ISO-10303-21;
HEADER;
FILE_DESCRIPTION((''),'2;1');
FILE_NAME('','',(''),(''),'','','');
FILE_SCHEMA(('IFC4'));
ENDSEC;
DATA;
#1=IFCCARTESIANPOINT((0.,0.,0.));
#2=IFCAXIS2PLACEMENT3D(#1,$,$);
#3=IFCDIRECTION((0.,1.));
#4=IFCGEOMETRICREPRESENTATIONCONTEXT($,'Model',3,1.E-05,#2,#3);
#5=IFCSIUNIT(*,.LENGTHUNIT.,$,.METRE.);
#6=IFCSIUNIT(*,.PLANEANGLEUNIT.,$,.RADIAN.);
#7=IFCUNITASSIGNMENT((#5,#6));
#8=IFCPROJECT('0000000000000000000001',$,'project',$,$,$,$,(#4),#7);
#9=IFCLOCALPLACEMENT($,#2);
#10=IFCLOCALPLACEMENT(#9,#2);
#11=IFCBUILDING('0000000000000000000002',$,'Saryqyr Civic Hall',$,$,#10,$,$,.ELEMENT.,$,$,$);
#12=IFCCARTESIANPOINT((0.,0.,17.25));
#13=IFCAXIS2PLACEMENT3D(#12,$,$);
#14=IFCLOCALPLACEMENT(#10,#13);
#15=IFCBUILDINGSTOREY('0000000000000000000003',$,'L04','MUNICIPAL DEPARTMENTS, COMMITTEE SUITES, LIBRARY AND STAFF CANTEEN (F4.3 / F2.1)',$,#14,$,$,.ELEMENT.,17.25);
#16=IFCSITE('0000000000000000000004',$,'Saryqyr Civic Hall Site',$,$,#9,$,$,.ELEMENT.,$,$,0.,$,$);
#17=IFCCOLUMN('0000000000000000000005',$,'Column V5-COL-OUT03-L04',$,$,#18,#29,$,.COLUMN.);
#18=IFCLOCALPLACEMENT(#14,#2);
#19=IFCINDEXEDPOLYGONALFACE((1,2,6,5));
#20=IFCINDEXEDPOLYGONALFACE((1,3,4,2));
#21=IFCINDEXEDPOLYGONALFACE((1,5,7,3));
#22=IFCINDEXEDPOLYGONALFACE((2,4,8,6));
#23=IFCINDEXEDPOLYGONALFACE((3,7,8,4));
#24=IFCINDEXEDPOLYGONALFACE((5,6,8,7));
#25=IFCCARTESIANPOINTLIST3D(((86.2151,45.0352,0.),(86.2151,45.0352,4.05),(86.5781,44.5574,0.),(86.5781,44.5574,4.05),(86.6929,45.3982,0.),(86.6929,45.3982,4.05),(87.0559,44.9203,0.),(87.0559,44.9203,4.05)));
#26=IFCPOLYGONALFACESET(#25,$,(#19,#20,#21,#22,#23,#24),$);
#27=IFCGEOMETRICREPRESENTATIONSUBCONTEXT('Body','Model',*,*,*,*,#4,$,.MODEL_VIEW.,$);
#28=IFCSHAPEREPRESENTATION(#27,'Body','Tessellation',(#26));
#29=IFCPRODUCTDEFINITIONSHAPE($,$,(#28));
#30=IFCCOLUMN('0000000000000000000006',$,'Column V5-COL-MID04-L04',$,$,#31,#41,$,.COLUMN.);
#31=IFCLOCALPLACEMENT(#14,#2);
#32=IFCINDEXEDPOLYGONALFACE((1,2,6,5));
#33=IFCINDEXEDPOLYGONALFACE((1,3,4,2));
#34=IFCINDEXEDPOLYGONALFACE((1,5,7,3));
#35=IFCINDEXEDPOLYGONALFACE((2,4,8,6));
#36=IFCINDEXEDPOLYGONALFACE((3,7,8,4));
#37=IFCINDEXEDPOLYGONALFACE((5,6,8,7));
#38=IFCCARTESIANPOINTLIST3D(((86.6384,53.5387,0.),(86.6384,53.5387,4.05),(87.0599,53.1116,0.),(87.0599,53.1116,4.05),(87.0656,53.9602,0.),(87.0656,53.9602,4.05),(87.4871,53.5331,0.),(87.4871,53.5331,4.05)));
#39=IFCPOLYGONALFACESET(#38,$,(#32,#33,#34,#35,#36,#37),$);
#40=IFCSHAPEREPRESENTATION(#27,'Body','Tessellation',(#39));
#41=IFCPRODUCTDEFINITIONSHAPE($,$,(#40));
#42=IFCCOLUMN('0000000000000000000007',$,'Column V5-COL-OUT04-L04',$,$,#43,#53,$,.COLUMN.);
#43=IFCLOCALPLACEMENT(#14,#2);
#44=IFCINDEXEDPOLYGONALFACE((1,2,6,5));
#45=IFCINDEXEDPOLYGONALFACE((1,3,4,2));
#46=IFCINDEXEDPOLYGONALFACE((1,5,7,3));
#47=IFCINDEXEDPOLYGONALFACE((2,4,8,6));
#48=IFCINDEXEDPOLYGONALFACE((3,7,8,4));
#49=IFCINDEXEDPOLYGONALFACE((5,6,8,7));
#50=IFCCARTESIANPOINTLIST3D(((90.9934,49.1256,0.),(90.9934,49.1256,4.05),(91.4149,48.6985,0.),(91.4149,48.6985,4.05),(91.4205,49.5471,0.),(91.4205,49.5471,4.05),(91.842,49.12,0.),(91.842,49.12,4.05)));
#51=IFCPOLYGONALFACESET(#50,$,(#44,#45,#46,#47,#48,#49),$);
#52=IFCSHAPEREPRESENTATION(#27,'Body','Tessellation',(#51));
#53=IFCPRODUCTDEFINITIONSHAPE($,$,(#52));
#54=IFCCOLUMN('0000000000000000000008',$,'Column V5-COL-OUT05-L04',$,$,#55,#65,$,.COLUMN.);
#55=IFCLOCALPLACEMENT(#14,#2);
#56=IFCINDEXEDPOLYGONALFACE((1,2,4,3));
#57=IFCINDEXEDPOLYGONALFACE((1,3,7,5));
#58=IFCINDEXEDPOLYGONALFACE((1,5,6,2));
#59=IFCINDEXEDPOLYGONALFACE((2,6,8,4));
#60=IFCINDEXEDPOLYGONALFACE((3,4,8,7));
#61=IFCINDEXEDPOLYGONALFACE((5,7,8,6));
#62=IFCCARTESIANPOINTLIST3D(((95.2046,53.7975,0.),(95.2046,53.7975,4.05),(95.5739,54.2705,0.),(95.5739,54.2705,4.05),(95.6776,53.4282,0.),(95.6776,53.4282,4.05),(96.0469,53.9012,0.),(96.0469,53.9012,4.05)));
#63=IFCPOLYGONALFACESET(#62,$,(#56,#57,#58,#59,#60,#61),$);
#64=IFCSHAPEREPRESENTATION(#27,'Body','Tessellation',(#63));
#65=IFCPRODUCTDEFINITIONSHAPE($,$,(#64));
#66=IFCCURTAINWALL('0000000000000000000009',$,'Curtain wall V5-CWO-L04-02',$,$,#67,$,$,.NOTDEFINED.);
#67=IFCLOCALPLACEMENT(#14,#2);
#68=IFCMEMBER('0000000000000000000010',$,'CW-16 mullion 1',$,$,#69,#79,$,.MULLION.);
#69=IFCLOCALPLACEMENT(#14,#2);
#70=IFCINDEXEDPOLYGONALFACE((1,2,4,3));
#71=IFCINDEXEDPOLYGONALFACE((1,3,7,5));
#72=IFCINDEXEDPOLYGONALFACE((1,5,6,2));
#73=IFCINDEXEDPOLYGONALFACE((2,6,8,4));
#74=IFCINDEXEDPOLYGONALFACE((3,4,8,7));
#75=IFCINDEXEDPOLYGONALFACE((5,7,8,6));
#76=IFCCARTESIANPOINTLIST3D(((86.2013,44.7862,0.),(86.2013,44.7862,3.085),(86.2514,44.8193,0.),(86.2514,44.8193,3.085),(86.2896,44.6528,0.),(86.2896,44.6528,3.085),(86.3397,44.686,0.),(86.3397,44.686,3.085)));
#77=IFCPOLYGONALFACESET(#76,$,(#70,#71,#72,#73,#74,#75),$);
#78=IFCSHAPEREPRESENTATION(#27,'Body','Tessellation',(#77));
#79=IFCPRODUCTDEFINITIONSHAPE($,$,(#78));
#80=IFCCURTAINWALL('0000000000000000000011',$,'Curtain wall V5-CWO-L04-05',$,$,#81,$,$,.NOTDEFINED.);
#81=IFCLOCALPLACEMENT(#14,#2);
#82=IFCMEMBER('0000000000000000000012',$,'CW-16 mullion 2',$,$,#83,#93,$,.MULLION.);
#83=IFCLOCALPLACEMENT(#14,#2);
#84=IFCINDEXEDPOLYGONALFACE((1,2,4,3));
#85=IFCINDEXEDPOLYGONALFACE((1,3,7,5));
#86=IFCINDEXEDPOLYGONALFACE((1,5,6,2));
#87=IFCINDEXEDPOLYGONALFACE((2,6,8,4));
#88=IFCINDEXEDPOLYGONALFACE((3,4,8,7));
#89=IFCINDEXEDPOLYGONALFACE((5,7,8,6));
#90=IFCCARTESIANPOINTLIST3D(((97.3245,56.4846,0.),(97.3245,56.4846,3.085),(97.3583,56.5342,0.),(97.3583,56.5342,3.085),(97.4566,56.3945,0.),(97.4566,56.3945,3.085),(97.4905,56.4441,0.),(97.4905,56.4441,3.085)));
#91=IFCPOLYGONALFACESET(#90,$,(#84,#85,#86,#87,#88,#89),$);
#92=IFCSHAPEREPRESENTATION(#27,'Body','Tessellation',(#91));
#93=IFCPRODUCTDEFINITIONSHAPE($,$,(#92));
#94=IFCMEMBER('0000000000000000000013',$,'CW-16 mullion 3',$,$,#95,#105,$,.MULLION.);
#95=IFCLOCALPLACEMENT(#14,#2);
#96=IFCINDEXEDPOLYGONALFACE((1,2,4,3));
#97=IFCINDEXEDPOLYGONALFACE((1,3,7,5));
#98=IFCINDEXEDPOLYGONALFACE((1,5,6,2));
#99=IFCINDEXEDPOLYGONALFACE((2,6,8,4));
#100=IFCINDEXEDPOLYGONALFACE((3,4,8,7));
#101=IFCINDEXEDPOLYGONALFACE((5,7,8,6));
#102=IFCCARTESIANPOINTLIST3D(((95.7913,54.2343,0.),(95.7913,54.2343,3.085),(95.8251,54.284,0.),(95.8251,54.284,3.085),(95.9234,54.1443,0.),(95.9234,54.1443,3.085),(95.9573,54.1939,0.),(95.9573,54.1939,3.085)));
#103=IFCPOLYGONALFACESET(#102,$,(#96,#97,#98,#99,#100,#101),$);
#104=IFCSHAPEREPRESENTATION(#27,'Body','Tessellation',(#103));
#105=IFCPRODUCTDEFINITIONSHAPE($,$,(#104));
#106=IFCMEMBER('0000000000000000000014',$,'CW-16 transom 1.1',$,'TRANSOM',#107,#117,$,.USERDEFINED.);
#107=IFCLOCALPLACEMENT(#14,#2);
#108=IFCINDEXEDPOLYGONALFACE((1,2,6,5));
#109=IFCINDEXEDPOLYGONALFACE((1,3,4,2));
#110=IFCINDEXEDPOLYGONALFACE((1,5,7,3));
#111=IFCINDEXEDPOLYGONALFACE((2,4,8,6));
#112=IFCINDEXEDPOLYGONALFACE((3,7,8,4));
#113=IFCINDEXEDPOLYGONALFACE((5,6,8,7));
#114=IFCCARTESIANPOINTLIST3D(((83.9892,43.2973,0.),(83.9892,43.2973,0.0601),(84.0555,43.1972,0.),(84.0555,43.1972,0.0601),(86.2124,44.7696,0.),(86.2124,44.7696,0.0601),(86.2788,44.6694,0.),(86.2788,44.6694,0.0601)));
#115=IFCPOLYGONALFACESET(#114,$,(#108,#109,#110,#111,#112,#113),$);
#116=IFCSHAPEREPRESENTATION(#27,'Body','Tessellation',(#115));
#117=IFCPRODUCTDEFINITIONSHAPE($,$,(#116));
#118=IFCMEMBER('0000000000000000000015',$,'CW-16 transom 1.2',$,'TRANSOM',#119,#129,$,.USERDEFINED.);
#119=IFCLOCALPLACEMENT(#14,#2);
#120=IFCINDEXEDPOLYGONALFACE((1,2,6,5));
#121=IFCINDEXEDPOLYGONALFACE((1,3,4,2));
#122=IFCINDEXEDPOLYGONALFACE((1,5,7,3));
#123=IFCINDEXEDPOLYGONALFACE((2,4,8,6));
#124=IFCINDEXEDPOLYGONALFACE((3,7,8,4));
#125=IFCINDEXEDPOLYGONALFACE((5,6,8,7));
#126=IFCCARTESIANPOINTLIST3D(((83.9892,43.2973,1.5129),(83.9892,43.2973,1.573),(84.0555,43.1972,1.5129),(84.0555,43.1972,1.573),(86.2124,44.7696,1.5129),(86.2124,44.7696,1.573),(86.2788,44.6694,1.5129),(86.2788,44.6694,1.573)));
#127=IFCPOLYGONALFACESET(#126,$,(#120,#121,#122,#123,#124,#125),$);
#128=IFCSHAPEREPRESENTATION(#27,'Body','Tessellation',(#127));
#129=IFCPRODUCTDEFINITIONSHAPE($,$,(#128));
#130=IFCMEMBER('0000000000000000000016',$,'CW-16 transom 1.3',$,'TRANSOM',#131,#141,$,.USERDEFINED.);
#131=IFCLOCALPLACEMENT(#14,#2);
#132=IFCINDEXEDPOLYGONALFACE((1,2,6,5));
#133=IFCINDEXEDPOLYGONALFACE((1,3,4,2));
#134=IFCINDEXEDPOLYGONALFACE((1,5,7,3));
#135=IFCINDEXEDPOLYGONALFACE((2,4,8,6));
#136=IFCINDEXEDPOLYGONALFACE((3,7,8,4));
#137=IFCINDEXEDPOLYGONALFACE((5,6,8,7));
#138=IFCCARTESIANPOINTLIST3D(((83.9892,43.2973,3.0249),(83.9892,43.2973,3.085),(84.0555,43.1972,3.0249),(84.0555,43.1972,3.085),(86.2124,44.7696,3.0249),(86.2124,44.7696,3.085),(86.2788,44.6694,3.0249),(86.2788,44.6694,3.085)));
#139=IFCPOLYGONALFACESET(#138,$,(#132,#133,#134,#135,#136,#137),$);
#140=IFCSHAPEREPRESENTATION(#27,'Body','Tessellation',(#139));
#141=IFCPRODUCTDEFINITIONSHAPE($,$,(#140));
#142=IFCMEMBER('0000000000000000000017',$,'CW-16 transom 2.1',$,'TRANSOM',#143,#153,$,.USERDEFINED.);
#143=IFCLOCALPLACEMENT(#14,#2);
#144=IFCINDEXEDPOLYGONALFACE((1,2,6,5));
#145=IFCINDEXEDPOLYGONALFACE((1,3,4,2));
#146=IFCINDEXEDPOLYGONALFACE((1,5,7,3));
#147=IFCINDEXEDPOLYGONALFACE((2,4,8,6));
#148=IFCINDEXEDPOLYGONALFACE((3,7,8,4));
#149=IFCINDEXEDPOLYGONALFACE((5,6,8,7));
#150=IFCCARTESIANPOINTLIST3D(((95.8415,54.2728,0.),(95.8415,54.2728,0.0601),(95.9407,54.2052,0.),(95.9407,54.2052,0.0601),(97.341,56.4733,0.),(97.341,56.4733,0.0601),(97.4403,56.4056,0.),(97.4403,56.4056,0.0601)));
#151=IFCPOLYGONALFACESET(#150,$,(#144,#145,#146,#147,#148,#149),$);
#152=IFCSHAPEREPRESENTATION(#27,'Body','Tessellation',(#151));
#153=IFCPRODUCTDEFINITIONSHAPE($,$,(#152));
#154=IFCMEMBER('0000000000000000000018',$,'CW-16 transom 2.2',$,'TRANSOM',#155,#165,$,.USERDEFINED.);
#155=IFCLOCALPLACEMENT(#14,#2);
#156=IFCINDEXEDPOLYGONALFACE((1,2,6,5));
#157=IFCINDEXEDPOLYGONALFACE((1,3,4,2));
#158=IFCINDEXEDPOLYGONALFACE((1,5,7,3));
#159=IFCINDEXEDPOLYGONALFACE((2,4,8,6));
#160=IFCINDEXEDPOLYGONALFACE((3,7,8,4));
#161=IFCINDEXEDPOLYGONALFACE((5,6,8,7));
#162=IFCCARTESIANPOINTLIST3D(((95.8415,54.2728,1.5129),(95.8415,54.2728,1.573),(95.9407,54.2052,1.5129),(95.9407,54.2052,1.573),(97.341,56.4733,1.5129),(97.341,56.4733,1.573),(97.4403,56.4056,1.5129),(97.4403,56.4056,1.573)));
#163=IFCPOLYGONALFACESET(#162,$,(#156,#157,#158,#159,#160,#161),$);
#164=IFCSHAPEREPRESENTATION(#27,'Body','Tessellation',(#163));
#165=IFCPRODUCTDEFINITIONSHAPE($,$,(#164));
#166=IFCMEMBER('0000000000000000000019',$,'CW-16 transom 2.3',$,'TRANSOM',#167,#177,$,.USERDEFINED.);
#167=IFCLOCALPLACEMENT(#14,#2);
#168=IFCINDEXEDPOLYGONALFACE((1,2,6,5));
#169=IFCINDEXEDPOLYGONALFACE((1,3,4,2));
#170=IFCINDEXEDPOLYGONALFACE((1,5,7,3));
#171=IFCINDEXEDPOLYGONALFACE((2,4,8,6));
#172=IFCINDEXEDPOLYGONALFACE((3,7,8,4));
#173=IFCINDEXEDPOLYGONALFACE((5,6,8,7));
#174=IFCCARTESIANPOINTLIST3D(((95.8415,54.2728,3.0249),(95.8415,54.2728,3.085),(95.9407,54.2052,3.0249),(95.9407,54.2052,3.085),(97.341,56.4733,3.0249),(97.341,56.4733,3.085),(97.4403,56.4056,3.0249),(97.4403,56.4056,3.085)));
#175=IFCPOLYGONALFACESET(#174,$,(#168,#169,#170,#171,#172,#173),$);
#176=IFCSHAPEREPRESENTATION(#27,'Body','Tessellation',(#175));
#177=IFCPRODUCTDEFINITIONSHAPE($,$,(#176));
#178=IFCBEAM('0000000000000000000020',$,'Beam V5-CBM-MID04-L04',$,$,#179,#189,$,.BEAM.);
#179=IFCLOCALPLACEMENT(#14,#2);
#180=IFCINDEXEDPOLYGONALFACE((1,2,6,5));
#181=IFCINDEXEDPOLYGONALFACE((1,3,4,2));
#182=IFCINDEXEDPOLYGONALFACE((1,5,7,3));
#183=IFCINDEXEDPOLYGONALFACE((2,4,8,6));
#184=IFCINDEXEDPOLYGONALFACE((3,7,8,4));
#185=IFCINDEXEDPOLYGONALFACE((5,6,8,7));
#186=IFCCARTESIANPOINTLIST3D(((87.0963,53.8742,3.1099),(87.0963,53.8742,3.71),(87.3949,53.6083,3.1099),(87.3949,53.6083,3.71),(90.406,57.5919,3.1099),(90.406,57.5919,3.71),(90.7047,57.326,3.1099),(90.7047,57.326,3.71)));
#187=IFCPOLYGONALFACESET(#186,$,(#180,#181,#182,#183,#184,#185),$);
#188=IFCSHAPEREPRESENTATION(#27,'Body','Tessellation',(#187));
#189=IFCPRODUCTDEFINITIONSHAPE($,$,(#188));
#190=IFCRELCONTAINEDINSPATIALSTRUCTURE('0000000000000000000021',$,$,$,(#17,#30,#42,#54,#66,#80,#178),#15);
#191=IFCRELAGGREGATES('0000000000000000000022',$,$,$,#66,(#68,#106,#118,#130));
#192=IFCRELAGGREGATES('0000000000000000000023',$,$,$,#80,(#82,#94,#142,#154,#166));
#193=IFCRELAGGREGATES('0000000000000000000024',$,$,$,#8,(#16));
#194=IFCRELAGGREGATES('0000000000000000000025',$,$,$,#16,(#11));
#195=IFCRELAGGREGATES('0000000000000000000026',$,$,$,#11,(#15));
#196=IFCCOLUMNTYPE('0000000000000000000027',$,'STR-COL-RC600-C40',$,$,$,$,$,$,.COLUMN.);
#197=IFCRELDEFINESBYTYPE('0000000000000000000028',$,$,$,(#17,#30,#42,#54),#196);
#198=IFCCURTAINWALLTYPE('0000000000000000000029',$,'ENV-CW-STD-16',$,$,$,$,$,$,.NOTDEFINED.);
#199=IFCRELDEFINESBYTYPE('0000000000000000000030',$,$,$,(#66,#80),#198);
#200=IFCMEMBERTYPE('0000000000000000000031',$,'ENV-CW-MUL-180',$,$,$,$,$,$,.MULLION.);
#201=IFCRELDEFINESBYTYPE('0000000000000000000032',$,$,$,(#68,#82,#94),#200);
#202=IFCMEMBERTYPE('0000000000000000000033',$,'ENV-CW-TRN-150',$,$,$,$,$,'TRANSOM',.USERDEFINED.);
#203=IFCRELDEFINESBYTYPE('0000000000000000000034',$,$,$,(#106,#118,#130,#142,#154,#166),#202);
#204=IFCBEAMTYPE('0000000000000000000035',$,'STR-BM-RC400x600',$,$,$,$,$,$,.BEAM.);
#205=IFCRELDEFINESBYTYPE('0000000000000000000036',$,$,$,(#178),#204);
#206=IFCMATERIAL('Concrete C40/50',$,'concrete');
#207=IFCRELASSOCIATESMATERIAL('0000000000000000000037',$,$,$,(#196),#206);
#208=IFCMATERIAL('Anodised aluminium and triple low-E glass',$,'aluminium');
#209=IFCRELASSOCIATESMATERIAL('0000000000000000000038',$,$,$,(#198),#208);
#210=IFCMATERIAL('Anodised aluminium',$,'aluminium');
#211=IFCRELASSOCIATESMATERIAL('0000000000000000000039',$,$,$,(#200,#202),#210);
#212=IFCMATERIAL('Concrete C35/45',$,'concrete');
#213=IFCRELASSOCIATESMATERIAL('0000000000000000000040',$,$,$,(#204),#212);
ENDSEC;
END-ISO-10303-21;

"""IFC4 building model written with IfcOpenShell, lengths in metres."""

from ifc_helpers import new_model, si_unit, direction, frame, origin, origin_2d, place, context, subcontext, project, spatial, rectangle, extrude, material, material_profile, profile_set, type_object, element, aggregate, save


model = new_model("IFC4")

# Units and contexts
model_context = context("Model", 3, precision=1e-05, world=origin(), true_north=direction((0.0, 1.0)))
body_context = subcontext(model_context, "Body", "Model", "MODEL_VIEW")
ifc_project = project(units=[si_unit("LENGTHUNIT", "METRE"), si_unit("PLANEANGLEUNIT", "RADIAN")], contexts=[model_context])

# Site, building, storey
site_placement = place(None, origin())
site = spatial("IfcSite", under=ifc_project, at=site_placement, Name="Saryqyr Civic Hall Site", CompositionType="ELEMENT", RefElevation=0.0)
building_placement = place(site_placement, origin())
building = spatial("IfcBuilding", under=site, at=building_placement, Name="Saryqyr Civic Hall", CompositionType="ELEMENT")
storey_placement = place(building_placement, frame((0.0, 0.0, 17.25)))
storey = spatial("IfcBuildingStorey", under=building, at=storey_placement, Name="L04", Description="MUNICIPAL DEPARTMENTS, COMMITTEE SUITES, LIBRARY AND STAFF CANTEEN (F4.3 / F2.1)", CompositionType="ELEMENT", Elevation=17.25)

# Columns
ifc_material_1 = material(Name="Concrete C40/50", Category="concrete")
ifc_material_profile_1 = material_profile(ifc_material_1, rectangle(XDim=0.6001, YDim=0.6001, at=origin_2d()), Name="RC 600x600")
ifc_profile_set_1 = profile_set([ifc_material_profile_1], Name="Concrete C40/50")
column_type = type_object("IfcColumnType", Name="STR-COL-RC600-C40", PredefinedType="COLUMN", material=ifc_profile_set_1)
for number, where, z_axis, x_axis, name in (
    (1, (86.6355, 44.9778, 0.0), (0.0, 0.0, 1.0), (0.604877, -0.796319, 0.0), "Column V5-COL-OUT03-L04"),
    (2, (87.0627, 53.5359, 0.0), (0.0, 0.0, 1.0), (0.702402, -0.711781, 0.0), "Column V5-COL-MID04-L04"),
    (3, (91.4177, 49.1228, 0.0), (0.0, 0.0, 1.0), (0.702402, -0.711781, 0.0), "Column V5-COL-OUT04-L04"),
    (4, (95.6257, 53.8494, 0.0), (0.0, 0.0, 1.0), (0.788226, -0.615386, 0.0), "Column V5-COL-OUT05-L04"),
):
    element("IfcColumn", number, at=place(storey_placement, frame(where, z_axis=z_axis, x_axis=x_axis)), inside=storey, type_object=column_type, Name=name, PredefinedType="COLUMN", context=body_context, shape_type="SweptSolid", body=[
        extrude(rectangle(XDim=0.6001, YDim=0.6001, at=origin_2d()), origin(), (0.0, 0.0, 1.0), 4.05),
    ])

# Curtain wall, member
ifc_material_2 = material(Name="Anodised aluminium and triple low-E glass", Category="aluminium")
curtain_wall_type = type_object("IfcCurtainWallType", Name="ENV-CW-STD-16", PredefinedType="NOTDEFINED", material=ifc_material_2)
curtain_wall_1_placement = place(storey_placement, origin())
curtain_wall_1 = element("IfcCurtainWall", 5, at=curtain_wall_1_placement, inside=storey, type_object=curtain_wall_type, Name="Curtain wall V5-CWO-L04-02", PredefinedType="NOTDEFINED")
ifc_material_3 = material(Name="Anodised aluminium", Category="aluminium")
ifc_material_profile_2 = material_profile(ifc_material_3, rectangle(XDim=0.0601, YDim=0.1599, at=origin_2d()), Name="ALU MULLION 60x160")
ifc_profile_set_2 = profile_set([ifc_material_profile_2], Name="Anodised aluminium")
member_type_1 = type_object("IfcMemberType", Name="ENV-CW-MUL-180", PredefinedType="MULLION", material=ifc_profile_set_2)
member_1_placement = place(storey_placement, frame((86.2705, 44.7361, 0.0), z_axis=(0.0, 0.0, 1.0), x_axis=(-0.833757, -0.552132, 0.0)))
member_1 = element("IfcMember", 6, at=member_1_placement, type_object=member_type_1, Name="CW-16 mullion 1", PredefinedType="MULLION", context=body_context, shape_type="SweptSolid", body=[
    extrude(rectangle(XDim=0.0601, YDim=0.1599, at=origin_2d()), origin(), (0.0, 0.0, 1.0), 3.085),
])

# Curtain wall, members
curtain_wall_2_placement = place(storey_placement, origin())
curtain_wall_2 = element("IfcCurtainWall", 7, at=curtain_wall_2_placement, inside=storey, type_object=curtain_wall_type, Name="Curtain wall V5-CWO-L04-05", PredefinedType="NOTDEFINED")
member_2_placement = place(storey_placement, frame((97.4075, 56.4644, 0.0), z_axis=(0.0, 0.0, 1.0), x_axis=(-0.563118, -0.826377, 0.0)))
member_2 = element("IfcMember", 8, at=member_2_placement, type_object=member_type_1, Name="CW-16 mullion 2", PredefinedType="MULLION", context=body_context, shape_type="SweptSolid", body=[
    extrude(rectangle(XDim=0.0601, YDim=0.1599, at=origin_2d()), origin(), (0.0, 0.0, 1.0), 3.085),
])
member_3_placement = place(storey_placement, frame((95.8743, 54.2141, 0.0), z_axis=(0.0, 0.0, 1.0), x_axis=(-0.563118, -0.826377, 0.0)))
member_3 = element("IfcMember", 9, at=member_3_placement, type_object=member_type_1, Name="CW-16 mullion 3", PredefinedType="MULLION", context=body_context, shape_type="SweptSolid", body=[
    extrude(rectangle(XDim=0.0601, YDim=0.1599, at=origin_2d()), origin(), (0.0, 0.0, 1.0), 3.085),
])

# Members
ifc_material_profile_3 = material_profile(ifc_material_3, rectangle(XDim=0.1201, YDim=0.0601, at=origin_2d()), Name="ALU TRANSOM 120x60")
ifc_profile_set_3 = profile_set([ifc_material_profile_3], Name="Anodised aluminium")
member_type_2 = type_object("IfcMemberType", Name="ENV-CW-TRN-150", ElementType="TRANSOM", PredefinedType="USERDEFINED", material=ifc_profile_set_3)
member_4_placement = place(storey_placement, frame((86.2456, 44.7195, 0.03), z_axis=(-0.833765, -0.55212, 0.0), x_axis=(0.55212, -0.833765, 0.0)))
member_4 = element("IfcMember", 10, at=member_4_placement, type_object=member_type_2, Name="CW-16 transom 1.1", ObjectType="TRANSOM", PredefinedType="USERDEFINED", context=body_context, shape_type="SweptSolid", body=[
    extrude(rectangle(XDim=0.1201, YDim=0.0601, at=origin_2d()), origin(), (0.0, 0.0, 1.0), 2.6665),
])
member_5_placement = place(storey_placement, frame((86.2456, 44.7195, 1.543), z_axis=(-0.833765, -0.55212, 0.0), x_axis=(0.55212, -0.833765, 0.0)))
member_5 = element("IfcMember", 11, at=member_5_placement, type_object=member_type_2, Name="CW-16 transom 1.2", ObjectType="TRANSOM", PredefinedType="USERDEFINED", context=body_context, shape_type="SweptSolid", body=[
    extrude(rectangle(XDim=0.1201, YDim=0.0601, at=origin_2d()), origin(), (0.0, 0.0, 1.0), 2.6665),
])
member_6_placement = place(storey_placement, frame((86.2456, 44.7195, 3.0549), z_axis=(-0.833765, -0.55212, 0.0), x_axis=(0.55212, -0.833765, 0.0)))
member_6 = element("IfcMember", 12, at=member_6_placement, type_object=member_type_2, Name="CW-16 transom 1.3", ObjectType="TRANSOM", PredefinedType="USERDEFINED", context=body_context, shape_type="SweptSolid", body=[
    extrude(rectangle(XDim=0.1201, YDim=0.0601, at=origin_2d()), origin(), (0.0, 0.0, 1.0), 2.6665),
])
aggregate(curtain_wall_1, [member_1, member_4, member_5, member_6])
member_7_placement = place(storey_placement, frame((97.3906, 56.4395, 0.03), z_axis=(-0.563135, -0.826365, 0.0), x_axis=(0.826365, -0.563135, 0.0)))
member_7 = element("IfcMember", 13, at=member_7_placement, type_object=member_type_2, Name="CW-16 transom 2.1", ObjectType="TRANSOM", PredefinedType="USERDEFINED", context=body_context, shape_type="SweptSolid", body=[
    extrude(rectangle(XDim=0.1201, YDim=0.0601, at=origin_2d()), origin(), (0.0, 0.0, 1.0), 2.6628),
])
member_8_placement = place(storey_placement, frame((97.3906, 56.4395, 1.543), z_axis=(-0.563135, -0.826365, 0.0), x_axis=(0.826365, -0.563135, 0.0)))
member_8 = element("IfcMember", 14, at=member_8_placement, type_object=member_type_2, Name="CW-16 transom 2.2", ObjectType="TRANSOM", PredefinedType="USERDEFINED", context=body_context, shape_type="SweptSolid", body=[
    extrude(rectangle(XDim=0.1201, YDim=0.0601, at=origin_2d()), origin(), (0.0, 0.0, 1.0), 2.6628),
])
member_9_placement = place(storey_placement, frame((97.3906, 56.4395, 3.0549), z_axis=(-0.563135, -0.826365, 0.0), x_axis=(0.826365, -0.563135, 0.0)))
member_9 = element("IfcMember", 15, at=member_9_placement, type_object=member_type_2, Name="CW-16 transom 2.3", ObjectType="TRANSOM", PredefinedType="USERDEFINED", context=body_context, shape_type="SweptSolid", body=[
    extrude(rectangle(XDim=0.1201, YDim=0.0601, at=origin_2d()), origin(), (0.0, 0.0, 1.0), 2.6628),
])

# Beam
ifc_material_4 = material(Name="Concrete C35/45", Category="concrete")
ifc_material_profile_4 = material_profile(ifc_material_4, rectangle(XDim=0.3999, YDim=0.6001, at=origin_2d()), Name="RC 400x600")
ifc_profile_set_4 = profile_set([ifc_material_profile_4], Name="Concrete C35/45")
beam_type_1 = type_object("IfcBeamType", Name="STR-BM-RC400x600", PredefinedType="BEAM", material=ifc_profile_set_4)
beam_1_placement = place(storey_placement, frame((87.2456, 53.7412, 3.4099), z_axis=(0.664939, 0.746898, 0.0), x_axis=(-0.746898, 0.664939, 0.0)))
element("IfcBeam", 16, at=beam_1_placement, inside=storey, type_object=beam_type_1, Name="Beam V5-CBM-MID04-L04", PredefinedType="BEAM", context=body_context, shape_type="SweptSolid", body=[
    extrude(rectangle(XDim=0.3999, YDim=0.6001, at=origin_2d()), origin(), (0.0, 0.0, 1.0), 4.9775),
])

aggregate(curtain_wall_2, [member_2, member_3, member_7, member_8, member_9])

save(model, "model.ifc")
